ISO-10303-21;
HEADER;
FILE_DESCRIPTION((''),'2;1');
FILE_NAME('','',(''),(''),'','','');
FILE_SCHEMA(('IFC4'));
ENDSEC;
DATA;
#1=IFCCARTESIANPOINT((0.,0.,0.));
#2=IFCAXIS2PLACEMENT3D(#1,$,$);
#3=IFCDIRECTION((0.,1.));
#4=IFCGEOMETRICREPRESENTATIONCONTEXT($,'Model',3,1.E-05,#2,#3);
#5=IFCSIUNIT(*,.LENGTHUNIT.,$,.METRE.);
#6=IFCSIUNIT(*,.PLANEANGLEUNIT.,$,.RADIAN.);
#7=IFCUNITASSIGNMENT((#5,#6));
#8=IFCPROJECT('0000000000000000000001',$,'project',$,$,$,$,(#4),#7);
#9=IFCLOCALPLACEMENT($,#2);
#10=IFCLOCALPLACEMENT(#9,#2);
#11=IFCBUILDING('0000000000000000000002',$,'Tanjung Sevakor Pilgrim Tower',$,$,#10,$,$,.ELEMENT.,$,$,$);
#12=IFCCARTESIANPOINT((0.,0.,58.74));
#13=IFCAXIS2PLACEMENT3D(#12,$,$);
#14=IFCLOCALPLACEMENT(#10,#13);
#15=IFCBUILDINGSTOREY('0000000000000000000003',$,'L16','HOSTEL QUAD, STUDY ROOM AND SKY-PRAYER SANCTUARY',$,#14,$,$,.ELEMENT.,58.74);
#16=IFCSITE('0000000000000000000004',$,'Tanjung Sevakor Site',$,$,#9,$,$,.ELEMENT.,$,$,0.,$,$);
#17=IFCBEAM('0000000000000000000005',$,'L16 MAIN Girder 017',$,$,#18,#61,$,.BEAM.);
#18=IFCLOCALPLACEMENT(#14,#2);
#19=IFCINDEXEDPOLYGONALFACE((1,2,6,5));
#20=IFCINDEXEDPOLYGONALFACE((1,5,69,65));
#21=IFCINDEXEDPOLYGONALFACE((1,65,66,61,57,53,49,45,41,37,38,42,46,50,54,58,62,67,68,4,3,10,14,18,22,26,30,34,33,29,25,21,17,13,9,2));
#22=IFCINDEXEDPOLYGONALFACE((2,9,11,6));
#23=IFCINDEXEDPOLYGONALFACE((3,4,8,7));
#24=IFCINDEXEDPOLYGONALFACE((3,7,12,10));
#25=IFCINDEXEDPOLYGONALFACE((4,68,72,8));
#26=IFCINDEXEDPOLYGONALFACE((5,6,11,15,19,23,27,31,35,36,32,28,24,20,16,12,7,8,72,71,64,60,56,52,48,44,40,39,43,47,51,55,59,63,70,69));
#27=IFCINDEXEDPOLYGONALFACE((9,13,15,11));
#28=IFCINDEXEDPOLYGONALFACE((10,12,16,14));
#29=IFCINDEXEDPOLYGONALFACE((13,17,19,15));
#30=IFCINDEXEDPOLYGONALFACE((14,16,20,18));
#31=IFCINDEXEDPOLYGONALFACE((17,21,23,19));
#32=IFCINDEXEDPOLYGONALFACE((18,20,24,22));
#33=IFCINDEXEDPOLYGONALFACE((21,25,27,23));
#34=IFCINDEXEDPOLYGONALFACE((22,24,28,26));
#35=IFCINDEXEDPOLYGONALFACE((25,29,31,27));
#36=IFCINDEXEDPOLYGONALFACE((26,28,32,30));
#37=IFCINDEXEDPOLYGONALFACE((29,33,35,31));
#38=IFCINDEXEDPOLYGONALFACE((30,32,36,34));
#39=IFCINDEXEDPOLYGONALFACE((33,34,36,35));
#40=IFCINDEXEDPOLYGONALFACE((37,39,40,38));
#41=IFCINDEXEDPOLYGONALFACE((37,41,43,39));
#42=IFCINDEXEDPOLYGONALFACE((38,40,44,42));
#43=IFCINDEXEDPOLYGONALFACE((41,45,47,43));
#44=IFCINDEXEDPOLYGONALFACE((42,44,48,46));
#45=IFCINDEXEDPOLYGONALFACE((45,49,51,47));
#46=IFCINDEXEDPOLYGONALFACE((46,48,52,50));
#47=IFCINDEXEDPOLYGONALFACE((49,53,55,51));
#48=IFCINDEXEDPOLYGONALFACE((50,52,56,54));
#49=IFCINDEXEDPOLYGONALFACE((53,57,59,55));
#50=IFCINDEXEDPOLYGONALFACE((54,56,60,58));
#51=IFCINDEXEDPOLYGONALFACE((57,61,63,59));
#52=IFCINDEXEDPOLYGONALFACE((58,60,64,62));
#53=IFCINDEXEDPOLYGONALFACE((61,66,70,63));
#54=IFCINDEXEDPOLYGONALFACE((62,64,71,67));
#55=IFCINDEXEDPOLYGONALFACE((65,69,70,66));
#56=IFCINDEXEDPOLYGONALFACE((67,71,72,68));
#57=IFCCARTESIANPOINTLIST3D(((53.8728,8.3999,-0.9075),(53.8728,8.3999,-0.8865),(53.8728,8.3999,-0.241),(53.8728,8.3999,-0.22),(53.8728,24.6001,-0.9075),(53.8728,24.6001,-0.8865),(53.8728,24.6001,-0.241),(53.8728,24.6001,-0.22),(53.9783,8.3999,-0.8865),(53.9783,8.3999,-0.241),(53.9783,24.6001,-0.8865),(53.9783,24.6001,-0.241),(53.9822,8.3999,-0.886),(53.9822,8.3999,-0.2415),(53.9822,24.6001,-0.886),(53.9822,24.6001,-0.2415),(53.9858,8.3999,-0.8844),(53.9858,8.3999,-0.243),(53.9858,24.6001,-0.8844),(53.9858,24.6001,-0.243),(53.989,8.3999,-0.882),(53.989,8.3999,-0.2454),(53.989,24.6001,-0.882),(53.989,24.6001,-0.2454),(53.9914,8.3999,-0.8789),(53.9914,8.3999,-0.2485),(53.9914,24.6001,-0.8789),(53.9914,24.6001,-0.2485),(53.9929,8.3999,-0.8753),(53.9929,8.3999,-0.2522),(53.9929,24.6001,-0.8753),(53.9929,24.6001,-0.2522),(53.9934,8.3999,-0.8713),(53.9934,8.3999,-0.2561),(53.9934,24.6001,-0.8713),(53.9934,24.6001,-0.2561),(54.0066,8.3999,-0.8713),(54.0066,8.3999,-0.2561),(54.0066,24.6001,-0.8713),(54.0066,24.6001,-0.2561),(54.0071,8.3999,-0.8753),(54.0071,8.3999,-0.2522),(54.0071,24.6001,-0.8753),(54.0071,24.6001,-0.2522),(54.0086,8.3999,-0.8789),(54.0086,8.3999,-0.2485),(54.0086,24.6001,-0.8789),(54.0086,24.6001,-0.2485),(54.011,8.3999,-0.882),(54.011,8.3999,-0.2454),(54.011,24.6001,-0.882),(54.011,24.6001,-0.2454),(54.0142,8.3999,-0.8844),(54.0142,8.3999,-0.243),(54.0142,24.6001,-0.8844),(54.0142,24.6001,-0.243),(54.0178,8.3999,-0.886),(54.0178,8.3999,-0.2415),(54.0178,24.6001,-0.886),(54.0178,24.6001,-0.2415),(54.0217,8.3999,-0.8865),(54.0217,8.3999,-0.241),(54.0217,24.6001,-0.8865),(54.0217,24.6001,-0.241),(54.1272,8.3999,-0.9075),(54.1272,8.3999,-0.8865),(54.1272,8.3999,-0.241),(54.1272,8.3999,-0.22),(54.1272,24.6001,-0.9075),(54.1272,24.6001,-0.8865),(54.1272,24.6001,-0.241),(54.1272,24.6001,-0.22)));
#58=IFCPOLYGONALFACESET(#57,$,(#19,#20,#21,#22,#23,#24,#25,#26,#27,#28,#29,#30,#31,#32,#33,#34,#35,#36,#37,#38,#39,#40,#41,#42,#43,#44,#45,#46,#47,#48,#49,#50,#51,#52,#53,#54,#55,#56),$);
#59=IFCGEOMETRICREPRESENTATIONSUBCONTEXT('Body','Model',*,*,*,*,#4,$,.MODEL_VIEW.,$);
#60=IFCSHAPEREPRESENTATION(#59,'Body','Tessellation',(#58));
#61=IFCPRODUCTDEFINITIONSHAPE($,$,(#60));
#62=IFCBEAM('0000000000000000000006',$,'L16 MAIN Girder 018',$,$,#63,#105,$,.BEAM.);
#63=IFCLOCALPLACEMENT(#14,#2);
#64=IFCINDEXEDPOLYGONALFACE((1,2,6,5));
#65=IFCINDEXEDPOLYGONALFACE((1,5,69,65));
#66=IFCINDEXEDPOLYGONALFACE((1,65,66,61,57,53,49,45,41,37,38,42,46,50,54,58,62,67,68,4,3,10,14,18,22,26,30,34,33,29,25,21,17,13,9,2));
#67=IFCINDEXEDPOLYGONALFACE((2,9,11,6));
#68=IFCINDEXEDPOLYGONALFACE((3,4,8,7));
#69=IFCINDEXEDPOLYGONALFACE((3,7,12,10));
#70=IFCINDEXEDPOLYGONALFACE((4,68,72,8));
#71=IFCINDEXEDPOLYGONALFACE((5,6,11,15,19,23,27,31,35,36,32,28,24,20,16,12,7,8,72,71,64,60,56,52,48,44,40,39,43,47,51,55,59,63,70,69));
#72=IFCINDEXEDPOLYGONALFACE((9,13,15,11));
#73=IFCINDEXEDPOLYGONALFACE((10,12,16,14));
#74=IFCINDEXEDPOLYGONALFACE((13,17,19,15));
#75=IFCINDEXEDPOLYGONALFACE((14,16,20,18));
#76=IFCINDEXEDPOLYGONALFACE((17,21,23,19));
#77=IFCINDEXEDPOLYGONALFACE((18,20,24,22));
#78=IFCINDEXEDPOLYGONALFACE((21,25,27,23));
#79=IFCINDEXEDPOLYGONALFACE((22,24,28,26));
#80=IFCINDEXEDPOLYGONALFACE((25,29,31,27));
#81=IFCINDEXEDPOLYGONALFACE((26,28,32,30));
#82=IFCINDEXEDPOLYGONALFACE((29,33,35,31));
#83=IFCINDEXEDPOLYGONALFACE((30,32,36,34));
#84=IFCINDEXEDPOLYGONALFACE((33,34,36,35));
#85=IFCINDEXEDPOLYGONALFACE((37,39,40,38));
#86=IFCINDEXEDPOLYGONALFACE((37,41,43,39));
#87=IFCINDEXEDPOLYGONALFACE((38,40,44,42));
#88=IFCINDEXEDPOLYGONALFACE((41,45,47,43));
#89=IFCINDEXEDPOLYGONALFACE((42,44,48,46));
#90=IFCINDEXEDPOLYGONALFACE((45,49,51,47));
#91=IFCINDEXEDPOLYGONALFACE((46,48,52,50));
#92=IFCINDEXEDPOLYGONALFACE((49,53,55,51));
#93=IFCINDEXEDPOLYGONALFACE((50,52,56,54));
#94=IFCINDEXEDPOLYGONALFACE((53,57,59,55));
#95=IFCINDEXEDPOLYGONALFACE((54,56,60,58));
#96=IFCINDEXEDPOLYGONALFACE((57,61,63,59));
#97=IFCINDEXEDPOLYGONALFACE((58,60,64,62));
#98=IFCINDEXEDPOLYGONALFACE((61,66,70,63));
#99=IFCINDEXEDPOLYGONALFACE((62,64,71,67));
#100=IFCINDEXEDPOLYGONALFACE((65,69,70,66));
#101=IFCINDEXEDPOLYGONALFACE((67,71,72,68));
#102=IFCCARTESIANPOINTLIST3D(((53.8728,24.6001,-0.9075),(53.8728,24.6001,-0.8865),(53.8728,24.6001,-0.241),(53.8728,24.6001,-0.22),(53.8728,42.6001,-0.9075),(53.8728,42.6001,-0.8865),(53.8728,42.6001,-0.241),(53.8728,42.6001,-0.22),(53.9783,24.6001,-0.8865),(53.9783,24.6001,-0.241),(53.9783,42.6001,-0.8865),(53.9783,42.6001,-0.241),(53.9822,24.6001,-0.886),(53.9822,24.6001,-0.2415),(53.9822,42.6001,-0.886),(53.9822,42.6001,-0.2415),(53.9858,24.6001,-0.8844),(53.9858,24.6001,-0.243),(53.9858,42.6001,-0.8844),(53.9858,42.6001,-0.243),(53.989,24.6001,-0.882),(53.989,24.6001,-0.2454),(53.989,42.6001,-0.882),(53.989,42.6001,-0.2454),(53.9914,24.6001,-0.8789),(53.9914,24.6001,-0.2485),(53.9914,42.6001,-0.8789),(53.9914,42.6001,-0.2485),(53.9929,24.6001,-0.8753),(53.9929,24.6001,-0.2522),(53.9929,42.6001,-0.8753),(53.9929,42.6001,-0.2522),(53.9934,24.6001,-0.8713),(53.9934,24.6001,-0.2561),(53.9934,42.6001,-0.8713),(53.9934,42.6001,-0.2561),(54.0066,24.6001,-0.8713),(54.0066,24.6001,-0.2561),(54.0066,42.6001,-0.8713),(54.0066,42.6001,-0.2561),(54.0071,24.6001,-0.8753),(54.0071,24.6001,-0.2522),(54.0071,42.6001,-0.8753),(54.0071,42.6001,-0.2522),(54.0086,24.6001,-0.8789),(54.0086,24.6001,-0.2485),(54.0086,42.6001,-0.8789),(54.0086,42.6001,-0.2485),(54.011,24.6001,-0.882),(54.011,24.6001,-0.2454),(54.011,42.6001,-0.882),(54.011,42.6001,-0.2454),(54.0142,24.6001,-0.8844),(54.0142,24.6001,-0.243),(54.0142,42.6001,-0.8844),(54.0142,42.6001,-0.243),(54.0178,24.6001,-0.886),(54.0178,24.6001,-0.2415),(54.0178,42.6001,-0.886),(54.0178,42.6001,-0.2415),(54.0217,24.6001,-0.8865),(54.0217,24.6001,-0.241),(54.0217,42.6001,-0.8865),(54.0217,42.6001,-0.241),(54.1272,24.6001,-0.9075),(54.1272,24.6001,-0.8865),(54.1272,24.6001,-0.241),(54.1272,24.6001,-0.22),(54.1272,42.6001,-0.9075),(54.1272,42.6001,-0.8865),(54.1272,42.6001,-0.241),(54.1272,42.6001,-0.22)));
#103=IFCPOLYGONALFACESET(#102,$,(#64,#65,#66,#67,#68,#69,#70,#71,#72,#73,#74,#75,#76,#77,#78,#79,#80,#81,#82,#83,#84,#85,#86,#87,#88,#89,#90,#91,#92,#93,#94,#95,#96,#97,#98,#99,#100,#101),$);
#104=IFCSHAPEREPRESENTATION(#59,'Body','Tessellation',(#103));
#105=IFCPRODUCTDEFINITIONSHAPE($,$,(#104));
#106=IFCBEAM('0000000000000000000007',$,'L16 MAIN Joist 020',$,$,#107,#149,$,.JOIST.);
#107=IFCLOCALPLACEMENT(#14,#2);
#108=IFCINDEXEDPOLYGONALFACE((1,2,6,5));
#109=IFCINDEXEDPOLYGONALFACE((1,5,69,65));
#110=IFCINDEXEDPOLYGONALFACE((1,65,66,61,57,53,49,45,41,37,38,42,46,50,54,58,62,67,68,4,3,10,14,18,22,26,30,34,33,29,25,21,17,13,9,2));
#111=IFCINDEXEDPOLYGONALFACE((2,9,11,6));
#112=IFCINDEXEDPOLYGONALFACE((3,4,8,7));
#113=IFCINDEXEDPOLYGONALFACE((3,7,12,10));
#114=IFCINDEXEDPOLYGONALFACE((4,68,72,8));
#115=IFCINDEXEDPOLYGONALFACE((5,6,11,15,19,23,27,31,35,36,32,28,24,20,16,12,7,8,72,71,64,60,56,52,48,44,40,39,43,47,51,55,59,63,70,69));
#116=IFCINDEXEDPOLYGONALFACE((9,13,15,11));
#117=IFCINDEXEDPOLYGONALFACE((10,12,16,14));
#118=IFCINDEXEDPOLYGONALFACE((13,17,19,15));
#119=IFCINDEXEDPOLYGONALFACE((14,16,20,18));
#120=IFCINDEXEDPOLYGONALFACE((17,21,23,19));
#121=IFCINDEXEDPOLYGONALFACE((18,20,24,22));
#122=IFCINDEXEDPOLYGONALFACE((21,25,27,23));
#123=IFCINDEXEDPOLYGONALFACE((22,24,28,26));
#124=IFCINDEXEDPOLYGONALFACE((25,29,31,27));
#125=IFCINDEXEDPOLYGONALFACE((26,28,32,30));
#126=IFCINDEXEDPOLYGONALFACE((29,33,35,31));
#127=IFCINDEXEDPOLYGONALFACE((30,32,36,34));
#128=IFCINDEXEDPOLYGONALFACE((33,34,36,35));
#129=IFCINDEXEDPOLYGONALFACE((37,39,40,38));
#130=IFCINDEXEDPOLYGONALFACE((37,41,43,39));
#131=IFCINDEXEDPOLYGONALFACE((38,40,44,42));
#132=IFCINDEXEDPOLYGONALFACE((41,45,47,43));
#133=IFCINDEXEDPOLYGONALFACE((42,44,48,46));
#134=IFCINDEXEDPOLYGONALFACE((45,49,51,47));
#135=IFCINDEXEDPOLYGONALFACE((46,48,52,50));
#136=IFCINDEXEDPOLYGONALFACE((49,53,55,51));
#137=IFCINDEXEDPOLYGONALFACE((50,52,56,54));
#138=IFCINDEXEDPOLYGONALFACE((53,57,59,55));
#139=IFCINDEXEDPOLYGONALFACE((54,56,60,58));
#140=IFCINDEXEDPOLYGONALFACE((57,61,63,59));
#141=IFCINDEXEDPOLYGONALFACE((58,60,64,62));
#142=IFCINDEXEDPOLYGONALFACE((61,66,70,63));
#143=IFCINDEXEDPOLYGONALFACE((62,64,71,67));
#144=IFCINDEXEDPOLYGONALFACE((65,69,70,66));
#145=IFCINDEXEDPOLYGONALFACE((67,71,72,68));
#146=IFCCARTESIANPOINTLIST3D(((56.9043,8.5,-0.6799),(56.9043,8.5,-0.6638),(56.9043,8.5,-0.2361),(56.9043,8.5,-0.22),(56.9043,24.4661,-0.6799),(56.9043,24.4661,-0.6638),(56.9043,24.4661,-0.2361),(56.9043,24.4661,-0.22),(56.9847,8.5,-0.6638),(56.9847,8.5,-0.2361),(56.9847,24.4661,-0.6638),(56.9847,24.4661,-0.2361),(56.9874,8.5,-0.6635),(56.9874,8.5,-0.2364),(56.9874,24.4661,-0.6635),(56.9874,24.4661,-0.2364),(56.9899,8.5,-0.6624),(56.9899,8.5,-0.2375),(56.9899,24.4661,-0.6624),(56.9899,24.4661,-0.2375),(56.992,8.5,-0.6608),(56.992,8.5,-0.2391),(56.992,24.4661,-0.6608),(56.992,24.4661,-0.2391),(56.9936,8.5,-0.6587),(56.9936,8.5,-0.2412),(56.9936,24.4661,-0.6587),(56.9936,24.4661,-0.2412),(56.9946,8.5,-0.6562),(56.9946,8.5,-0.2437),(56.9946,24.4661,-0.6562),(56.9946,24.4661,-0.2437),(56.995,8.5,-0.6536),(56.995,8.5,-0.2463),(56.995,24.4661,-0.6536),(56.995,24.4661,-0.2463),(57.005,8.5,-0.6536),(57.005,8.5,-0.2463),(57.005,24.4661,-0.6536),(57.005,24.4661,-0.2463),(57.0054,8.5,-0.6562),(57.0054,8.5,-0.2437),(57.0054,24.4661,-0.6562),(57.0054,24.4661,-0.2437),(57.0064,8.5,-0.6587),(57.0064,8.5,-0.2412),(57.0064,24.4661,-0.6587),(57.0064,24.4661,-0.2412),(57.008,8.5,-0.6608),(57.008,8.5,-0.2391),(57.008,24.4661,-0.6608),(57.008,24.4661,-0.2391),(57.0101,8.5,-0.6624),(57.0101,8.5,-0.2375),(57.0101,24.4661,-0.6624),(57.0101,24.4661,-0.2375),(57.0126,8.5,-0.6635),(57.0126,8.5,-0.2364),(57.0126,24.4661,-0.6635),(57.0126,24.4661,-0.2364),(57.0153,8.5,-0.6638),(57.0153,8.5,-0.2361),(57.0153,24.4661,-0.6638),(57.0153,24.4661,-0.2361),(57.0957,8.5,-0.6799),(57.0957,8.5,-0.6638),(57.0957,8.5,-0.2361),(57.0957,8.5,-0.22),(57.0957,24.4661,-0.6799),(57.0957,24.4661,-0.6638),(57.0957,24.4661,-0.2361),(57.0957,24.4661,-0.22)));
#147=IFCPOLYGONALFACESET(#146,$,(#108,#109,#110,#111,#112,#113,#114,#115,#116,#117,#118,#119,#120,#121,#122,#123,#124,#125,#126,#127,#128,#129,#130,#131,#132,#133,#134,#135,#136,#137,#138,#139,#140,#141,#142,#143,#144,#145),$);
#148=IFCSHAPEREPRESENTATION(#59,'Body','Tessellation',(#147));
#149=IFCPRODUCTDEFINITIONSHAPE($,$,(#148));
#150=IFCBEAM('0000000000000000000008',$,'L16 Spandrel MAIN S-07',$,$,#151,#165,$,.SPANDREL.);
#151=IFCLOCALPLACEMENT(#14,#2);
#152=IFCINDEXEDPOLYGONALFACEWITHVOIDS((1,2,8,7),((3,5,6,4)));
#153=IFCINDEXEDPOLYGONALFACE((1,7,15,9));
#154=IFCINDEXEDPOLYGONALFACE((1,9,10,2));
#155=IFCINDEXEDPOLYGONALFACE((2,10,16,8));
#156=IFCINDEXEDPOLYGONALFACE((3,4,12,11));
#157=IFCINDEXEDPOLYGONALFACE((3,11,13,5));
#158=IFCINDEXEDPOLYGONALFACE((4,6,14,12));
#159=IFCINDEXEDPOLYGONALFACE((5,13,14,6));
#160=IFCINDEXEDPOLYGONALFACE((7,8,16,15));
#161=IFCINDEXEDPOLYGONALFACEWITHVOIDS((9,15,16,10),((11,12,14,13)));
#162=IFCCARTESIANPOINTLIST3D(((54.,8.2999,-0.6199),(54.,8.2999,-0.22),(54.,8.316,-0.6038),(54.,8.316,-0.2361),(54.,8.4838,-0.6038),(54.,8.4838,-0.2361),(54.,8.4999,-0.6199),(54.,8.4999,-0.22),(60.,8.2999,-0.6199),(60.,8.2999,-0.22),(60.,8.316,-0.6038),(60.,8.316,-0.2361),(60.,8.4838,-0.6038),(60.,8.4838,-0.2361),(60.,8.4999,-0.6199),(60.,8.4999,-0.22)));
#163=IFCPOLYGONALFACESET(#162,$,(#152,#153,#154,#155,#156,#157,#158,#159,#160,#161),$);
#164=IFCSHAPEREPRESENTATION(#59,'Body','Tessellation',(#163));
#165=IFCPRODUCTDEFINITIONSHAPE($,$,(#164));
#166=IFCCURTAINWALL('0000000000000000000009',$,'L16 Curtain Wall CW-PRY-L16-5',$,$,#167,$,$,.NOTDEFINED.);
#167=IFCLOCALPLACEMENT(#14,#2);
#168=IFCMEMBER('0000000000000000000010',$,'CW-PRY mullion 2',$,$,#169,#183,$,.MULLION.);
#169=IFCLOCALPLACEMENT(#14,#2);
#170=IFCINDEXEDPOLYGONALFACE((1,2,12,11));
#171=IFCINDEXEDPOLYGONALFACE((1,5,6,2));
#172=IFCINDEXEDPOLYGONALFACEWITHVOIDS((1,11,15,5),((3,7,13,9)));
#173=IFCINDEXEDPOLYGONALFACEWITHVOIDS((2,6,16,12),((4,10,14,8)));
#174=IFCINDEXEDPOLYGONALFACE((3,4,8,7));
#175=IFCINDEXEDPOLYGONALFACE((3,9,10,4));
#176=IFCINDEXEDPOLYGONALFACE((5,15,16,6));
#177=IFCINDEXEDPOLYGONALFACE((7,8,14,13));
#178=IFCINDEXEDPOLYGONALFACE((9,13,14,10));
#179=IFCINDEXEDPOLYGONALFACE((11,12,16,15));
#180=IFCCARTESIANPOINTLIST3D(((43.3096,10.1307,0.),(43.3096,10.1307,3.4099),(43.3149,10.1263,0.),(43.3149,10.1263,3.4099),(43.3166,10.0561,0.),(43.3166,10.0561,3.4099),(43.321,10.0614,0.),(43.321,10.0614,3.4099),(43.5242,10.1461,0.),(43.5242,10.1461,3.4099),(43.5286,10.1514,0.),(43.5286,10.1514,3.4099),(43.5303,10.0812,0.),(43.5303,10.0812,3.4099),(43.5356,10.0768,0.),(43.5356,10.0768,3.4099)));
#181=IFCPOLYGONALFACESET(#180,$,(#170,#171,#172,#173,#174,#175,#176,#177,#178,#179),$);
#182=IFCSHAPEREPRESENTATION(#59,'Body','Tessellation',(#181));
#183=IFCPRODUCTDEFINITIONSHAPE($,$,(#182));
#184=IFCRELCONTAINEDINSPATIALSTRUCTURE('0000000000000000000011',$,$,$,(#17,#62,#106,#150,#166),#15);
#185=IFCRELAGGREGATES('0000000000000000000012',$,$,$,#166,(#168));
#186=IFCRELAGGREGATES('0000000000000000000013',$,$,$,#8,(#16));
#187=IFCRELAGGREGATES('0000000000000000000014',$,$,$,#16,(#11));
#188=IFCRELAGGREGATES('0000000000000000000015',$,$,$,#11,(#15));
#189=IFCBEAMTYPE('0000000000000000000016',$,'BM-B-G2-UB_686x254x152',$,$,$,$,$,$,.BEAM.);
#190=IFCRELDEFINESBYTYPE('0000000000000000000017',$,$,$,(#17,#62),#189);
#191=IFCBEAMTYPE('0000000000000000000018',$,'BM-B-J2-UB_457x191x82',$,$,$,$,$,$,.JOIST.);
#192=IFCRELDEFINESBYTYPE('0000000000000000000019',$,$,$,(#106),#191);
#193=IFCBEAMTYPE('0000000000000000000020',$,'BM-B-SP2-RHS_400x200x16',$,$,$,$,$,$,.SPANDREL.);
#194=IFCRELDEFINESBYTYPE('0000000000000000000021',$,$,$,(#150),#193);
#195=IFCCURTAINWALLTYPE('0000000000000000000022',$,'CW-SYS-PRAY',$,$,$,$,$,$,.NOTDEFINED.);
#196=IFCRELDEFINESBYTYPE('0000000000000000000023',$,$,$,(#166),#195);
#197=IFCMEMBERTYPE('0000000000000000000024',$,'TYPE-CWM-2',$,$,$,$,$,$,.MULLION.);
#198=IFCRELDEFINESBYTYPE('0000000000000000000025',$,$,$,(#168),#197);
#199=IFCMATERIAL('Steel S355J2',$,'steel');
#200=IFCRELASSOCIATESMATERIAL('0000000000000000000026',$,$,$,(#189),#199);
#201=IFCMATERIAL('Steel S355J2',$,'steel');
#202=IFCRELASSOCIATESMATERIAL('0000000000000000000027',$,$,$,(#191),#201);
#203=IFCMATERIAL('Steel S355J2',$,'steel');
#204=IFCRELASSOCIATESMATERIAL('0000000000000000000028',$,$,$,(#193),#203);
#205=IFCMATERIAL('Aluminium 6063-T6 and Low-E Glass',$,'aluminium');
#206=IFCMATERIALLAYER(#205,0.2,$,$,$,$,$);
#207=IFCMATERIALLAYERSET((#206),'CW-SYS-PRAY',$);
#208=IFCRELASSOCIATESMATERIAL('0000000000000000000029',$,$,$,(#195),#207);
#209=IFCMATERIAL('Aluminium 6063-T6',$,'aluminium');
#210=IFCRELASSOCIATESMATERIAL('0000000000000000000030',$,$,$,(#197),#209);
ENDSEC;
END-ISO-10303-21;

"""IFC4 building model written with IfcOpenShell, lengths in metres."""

from ifc_helpers import new_model, si_unit, direction, frame, origin, origin_2d, place, context, subcontext, project, spatial, hollow_rectangle, i_section, extrude, material, layer, layer_set, material_profile, profile_set, type_object, element, aggregate, save


model = new_model("IFC4")

# Units and contexts
model_context = context("Model", 3, precision=1e-05, world=origin(), true_north=direction((0.0, 1.0)))
body_context = subcontext(model_context, "Body", "Model", "MODEL_VIEW")
ifc_project = project(units=[si_unit("LENGTHUNIT", "METRE"), si_unit("PLANEANGLEUNIT", "RADIAN")], contexts=[model_context])

# Site, building, storey
site_placement = place(None, origin())
site = spatial("IfcSite", under=ifc_project, at=site_placement, Name="Tanjung Sevakor Site", CompositionType="ELEMENT", RefElevation=0.0)
building_placement = place(site_placement, origin())
building = spatial("IfcBuilding", under=site, at=building_placement, Name="Tanjung Sevakor Pilgrim Tower", CompositionType="ELEMENT")
storey_placement = place(building_placement, frame((0.0, 0.0, 58.74)))
storey = spatial("IfcBuildingStorey", under=building, at=storey_placement, Name="L16", Description="HOSTEL QUAD, STUDY ROOM AND SKY-PRAYER SANCTUARY", CompositionType="ELEMENT", Elevation=58.74)

# Beams
ifc_material_1 = material(Name="Steel S355J2", Category="steel")
ifc_material_profile_1 = material_profile(ifc_material_1, i_section(OverallWidth=0.2544, OverallDepth=0.6875, WebThickness=0.0132, FlangeThickness=0.021, FilletRadius=0.0151, at=origin_2d()))
ifc_profile_set_1 = profile_set([ifc_material_profile_1], Name="Steel S355J2")
beam_type_1 = type_object("IfcBeamType", Name="BM-B-G2-UB_686x254x152", PredefinedType="BEAM", material=ifc_profile_set_1)
beam_1_placement = place(storey_placement, frame((54.0, 8.3999, -0.5637), z_axis=(0.0, 1.0, 0.0), x_axis=(-1.0, 0.0, 0.0)))
element("IfcBeam", 1, at=beam_1_placement, inside=storey, type_object=beam_type_1, Name="L16 MAIN Girder 017", PredefinedType="BEAM", context=body_context, shape_type="SweptSolid", body=[
    extrude(i_section(OverallWidth=0.2544, OverallDepth=0.6875, WebThickness=0.0132, FlangeThickness=0.021, FilletRadius=0.0151, at=origin_2d()), origin(), (0.0, 0.0, 1.0), 16.2002),
])
beam_2_placement = place(storey_placement, frame((54.0, 24.6001, -0.5637), z_axis=(0.0, 1.0, 0.0), x_axis=(-1.0, 0.0, 0.0)))
element("IfcBeam", 2, at=beam_2_placement, inside=storey, type_object=beam_type_1, Name="L16 MAIN Girder 018", PredefinedType="BEAM", context=body_context, shape_type="SweptSolid", body=[
    extrude(i_section(OverallWidth=0.2544, OverallDepth=0.6875, WebThickness=0.0132, FlangeThickness=0.021, FilletRadius=0.0151, at=origin_2d()), origin(), (0.0, 0.0, 1.0), 18.0),
])
ifc_material_2 = material(Name="Steel S355J2", Category="steel")
ifc_material_profile_2 = material_profile(ifc_material_2, i_section(OverallWidth=0.1914, OverallDepth=0.46, WebThickness=0.01, FlangeThickness=0.0161, FilletRadius=0.0103, at=origin_2d()))
ifc_profile_set_2 = profile_set([ifc_material_profile_2], Name="Steel S355J2")
beam_type_2 = type_object("IfcBeamType", Name="BM-B-J2-UB_457x191x82", PredefinedType="JOIST", material=ifc_profile_set_2)
beam_3_placement = place(storey_placement, frame((57.0, 8.5, -0.45), z_axis=(0.0, 1.0, 0.0), x_axis=(-1.0, 0.0, 0.0)))
element("IfcBeam", 3, at=beam_3_placement, inside=storey, type_object=beam_type_2, Name="L16 MAIN Joist 020", PredefinedType="JOIST", context=body_context, shape_type="SweptSolid", body=[
    extrude(i_section(OverallWidth=0.1914, OverallDepth=0.46, WebThickness=0.01, FlangeThickness=0.0161, FilletRadius=0.0103, at=origin_2d()), origin(), (0.0, 0.0, 1.0), 15.9661),
])
ifc_material_3 = material(Name="Steel S355J2", Category="steel")
ifc_material_profile_3 = material_profile(ifc_material_3, hollow_rectangle(XDim=0.2, YDim=0.3999, WallThickness=0.0161, at=origin_2d()))
ifc_profile_set_3 = profile_set([ifc_material_profile_3], Name="Steel S355J2")
beam_type_3 = type_object("IfcBeamType", Name="BM-B-SP2-RHS_400x200x16", PredefinedType="SPANDREL", material=ifc_profile_set_3)
beam_4_placement = place(storey_placement, frame((54.0, 8.3999, -0.4199), z_axis=(1.0, 0.0, 0.0), x_axis=(0.0, 1.0, 0.0)))
element("IfcBeam", 4, at=beam_4_placement, inside=storey, type_object=beam_type_3, Name="L16 Spandrel MAIN S-07", PredefinedType="SPANDREL", context=body_context, shape_type="SweptSolid", body=[
    extrude(hollow_rectangle(XDim=0.2, YDim=0.3999, WallThickness=0.0161, at=origin_2d()), origin(), (0.0, 0.0, 1.0), 6.0),
])

# Curtain wall, member
ifc_material_4 = material(Name="Aluminium 6063-T6 and Low-E Glass", Category="aluminium")
ifc_layer_1 = layer(ifc_material_4, 0.2)
ifc_layer_set_1 = layer_set([ifc_layer_1], Name="CW-SYS-PRAY")
curtain_wall_type_1 = type_object("IfcCurtainWallType", Name="CW-SYS-PRAY", PredefinedType="NOTDEFINED", material=ifc_layer_set_1)
curtain_wall_1_placement = place(storey_placement, origin())
curtain_wall_1 = element("IfcCurtainWall", 5, at=curtain_wall_1_placement, inside=storey, type_object=curtain_wall_type_1, Name="L16 Curtain Wall CW-PRY-L16-5", PredefinedType="NOTDEFINED")
ifc_material_5 = material(Name="Aluminium 6063-T6", Category="aluminium")
ifc_material_profile_4 = material_profile(ifc_material_5, hollow_rectangle(XDim=0.075, YDim=0.22, WallThickness=0.0049, at=origin_2d()))
ifc_profile_set_4 = profile_set([ifc_material_profile_4], Name="Aluminium 6063-T6")
member_type_1 = type_object("IfcMemberType", Name="TYPE-CWM-2", PredefinedType="MULLION", material=ifc_profile_set_4)
member_1_placement = place(storey_placement, frame((43.4226, 10.1038, 0.0), z_axis=(0.0, 0.0, 1.0), x_axis=(-0.093924, 0.995579, 0.0)))
member_1 = element("IfcMember", 6, at=member_1_placement, type_object=member_type_1, Name="CW-PRY mullion 2", PredefinedType="MULLION", context=body_context, shape_type="SweptSolid", body=[
    extrude(hollow_rectangle(XDim=0.075, YDim=0.22, WallThickness=0.0049, at=origin_2d()), origin(), (0.0, 0.0, 1.0), 3.4099),
])
aggregate(curtain_wall_1, [member_1])

save(model, "model.ifc")
